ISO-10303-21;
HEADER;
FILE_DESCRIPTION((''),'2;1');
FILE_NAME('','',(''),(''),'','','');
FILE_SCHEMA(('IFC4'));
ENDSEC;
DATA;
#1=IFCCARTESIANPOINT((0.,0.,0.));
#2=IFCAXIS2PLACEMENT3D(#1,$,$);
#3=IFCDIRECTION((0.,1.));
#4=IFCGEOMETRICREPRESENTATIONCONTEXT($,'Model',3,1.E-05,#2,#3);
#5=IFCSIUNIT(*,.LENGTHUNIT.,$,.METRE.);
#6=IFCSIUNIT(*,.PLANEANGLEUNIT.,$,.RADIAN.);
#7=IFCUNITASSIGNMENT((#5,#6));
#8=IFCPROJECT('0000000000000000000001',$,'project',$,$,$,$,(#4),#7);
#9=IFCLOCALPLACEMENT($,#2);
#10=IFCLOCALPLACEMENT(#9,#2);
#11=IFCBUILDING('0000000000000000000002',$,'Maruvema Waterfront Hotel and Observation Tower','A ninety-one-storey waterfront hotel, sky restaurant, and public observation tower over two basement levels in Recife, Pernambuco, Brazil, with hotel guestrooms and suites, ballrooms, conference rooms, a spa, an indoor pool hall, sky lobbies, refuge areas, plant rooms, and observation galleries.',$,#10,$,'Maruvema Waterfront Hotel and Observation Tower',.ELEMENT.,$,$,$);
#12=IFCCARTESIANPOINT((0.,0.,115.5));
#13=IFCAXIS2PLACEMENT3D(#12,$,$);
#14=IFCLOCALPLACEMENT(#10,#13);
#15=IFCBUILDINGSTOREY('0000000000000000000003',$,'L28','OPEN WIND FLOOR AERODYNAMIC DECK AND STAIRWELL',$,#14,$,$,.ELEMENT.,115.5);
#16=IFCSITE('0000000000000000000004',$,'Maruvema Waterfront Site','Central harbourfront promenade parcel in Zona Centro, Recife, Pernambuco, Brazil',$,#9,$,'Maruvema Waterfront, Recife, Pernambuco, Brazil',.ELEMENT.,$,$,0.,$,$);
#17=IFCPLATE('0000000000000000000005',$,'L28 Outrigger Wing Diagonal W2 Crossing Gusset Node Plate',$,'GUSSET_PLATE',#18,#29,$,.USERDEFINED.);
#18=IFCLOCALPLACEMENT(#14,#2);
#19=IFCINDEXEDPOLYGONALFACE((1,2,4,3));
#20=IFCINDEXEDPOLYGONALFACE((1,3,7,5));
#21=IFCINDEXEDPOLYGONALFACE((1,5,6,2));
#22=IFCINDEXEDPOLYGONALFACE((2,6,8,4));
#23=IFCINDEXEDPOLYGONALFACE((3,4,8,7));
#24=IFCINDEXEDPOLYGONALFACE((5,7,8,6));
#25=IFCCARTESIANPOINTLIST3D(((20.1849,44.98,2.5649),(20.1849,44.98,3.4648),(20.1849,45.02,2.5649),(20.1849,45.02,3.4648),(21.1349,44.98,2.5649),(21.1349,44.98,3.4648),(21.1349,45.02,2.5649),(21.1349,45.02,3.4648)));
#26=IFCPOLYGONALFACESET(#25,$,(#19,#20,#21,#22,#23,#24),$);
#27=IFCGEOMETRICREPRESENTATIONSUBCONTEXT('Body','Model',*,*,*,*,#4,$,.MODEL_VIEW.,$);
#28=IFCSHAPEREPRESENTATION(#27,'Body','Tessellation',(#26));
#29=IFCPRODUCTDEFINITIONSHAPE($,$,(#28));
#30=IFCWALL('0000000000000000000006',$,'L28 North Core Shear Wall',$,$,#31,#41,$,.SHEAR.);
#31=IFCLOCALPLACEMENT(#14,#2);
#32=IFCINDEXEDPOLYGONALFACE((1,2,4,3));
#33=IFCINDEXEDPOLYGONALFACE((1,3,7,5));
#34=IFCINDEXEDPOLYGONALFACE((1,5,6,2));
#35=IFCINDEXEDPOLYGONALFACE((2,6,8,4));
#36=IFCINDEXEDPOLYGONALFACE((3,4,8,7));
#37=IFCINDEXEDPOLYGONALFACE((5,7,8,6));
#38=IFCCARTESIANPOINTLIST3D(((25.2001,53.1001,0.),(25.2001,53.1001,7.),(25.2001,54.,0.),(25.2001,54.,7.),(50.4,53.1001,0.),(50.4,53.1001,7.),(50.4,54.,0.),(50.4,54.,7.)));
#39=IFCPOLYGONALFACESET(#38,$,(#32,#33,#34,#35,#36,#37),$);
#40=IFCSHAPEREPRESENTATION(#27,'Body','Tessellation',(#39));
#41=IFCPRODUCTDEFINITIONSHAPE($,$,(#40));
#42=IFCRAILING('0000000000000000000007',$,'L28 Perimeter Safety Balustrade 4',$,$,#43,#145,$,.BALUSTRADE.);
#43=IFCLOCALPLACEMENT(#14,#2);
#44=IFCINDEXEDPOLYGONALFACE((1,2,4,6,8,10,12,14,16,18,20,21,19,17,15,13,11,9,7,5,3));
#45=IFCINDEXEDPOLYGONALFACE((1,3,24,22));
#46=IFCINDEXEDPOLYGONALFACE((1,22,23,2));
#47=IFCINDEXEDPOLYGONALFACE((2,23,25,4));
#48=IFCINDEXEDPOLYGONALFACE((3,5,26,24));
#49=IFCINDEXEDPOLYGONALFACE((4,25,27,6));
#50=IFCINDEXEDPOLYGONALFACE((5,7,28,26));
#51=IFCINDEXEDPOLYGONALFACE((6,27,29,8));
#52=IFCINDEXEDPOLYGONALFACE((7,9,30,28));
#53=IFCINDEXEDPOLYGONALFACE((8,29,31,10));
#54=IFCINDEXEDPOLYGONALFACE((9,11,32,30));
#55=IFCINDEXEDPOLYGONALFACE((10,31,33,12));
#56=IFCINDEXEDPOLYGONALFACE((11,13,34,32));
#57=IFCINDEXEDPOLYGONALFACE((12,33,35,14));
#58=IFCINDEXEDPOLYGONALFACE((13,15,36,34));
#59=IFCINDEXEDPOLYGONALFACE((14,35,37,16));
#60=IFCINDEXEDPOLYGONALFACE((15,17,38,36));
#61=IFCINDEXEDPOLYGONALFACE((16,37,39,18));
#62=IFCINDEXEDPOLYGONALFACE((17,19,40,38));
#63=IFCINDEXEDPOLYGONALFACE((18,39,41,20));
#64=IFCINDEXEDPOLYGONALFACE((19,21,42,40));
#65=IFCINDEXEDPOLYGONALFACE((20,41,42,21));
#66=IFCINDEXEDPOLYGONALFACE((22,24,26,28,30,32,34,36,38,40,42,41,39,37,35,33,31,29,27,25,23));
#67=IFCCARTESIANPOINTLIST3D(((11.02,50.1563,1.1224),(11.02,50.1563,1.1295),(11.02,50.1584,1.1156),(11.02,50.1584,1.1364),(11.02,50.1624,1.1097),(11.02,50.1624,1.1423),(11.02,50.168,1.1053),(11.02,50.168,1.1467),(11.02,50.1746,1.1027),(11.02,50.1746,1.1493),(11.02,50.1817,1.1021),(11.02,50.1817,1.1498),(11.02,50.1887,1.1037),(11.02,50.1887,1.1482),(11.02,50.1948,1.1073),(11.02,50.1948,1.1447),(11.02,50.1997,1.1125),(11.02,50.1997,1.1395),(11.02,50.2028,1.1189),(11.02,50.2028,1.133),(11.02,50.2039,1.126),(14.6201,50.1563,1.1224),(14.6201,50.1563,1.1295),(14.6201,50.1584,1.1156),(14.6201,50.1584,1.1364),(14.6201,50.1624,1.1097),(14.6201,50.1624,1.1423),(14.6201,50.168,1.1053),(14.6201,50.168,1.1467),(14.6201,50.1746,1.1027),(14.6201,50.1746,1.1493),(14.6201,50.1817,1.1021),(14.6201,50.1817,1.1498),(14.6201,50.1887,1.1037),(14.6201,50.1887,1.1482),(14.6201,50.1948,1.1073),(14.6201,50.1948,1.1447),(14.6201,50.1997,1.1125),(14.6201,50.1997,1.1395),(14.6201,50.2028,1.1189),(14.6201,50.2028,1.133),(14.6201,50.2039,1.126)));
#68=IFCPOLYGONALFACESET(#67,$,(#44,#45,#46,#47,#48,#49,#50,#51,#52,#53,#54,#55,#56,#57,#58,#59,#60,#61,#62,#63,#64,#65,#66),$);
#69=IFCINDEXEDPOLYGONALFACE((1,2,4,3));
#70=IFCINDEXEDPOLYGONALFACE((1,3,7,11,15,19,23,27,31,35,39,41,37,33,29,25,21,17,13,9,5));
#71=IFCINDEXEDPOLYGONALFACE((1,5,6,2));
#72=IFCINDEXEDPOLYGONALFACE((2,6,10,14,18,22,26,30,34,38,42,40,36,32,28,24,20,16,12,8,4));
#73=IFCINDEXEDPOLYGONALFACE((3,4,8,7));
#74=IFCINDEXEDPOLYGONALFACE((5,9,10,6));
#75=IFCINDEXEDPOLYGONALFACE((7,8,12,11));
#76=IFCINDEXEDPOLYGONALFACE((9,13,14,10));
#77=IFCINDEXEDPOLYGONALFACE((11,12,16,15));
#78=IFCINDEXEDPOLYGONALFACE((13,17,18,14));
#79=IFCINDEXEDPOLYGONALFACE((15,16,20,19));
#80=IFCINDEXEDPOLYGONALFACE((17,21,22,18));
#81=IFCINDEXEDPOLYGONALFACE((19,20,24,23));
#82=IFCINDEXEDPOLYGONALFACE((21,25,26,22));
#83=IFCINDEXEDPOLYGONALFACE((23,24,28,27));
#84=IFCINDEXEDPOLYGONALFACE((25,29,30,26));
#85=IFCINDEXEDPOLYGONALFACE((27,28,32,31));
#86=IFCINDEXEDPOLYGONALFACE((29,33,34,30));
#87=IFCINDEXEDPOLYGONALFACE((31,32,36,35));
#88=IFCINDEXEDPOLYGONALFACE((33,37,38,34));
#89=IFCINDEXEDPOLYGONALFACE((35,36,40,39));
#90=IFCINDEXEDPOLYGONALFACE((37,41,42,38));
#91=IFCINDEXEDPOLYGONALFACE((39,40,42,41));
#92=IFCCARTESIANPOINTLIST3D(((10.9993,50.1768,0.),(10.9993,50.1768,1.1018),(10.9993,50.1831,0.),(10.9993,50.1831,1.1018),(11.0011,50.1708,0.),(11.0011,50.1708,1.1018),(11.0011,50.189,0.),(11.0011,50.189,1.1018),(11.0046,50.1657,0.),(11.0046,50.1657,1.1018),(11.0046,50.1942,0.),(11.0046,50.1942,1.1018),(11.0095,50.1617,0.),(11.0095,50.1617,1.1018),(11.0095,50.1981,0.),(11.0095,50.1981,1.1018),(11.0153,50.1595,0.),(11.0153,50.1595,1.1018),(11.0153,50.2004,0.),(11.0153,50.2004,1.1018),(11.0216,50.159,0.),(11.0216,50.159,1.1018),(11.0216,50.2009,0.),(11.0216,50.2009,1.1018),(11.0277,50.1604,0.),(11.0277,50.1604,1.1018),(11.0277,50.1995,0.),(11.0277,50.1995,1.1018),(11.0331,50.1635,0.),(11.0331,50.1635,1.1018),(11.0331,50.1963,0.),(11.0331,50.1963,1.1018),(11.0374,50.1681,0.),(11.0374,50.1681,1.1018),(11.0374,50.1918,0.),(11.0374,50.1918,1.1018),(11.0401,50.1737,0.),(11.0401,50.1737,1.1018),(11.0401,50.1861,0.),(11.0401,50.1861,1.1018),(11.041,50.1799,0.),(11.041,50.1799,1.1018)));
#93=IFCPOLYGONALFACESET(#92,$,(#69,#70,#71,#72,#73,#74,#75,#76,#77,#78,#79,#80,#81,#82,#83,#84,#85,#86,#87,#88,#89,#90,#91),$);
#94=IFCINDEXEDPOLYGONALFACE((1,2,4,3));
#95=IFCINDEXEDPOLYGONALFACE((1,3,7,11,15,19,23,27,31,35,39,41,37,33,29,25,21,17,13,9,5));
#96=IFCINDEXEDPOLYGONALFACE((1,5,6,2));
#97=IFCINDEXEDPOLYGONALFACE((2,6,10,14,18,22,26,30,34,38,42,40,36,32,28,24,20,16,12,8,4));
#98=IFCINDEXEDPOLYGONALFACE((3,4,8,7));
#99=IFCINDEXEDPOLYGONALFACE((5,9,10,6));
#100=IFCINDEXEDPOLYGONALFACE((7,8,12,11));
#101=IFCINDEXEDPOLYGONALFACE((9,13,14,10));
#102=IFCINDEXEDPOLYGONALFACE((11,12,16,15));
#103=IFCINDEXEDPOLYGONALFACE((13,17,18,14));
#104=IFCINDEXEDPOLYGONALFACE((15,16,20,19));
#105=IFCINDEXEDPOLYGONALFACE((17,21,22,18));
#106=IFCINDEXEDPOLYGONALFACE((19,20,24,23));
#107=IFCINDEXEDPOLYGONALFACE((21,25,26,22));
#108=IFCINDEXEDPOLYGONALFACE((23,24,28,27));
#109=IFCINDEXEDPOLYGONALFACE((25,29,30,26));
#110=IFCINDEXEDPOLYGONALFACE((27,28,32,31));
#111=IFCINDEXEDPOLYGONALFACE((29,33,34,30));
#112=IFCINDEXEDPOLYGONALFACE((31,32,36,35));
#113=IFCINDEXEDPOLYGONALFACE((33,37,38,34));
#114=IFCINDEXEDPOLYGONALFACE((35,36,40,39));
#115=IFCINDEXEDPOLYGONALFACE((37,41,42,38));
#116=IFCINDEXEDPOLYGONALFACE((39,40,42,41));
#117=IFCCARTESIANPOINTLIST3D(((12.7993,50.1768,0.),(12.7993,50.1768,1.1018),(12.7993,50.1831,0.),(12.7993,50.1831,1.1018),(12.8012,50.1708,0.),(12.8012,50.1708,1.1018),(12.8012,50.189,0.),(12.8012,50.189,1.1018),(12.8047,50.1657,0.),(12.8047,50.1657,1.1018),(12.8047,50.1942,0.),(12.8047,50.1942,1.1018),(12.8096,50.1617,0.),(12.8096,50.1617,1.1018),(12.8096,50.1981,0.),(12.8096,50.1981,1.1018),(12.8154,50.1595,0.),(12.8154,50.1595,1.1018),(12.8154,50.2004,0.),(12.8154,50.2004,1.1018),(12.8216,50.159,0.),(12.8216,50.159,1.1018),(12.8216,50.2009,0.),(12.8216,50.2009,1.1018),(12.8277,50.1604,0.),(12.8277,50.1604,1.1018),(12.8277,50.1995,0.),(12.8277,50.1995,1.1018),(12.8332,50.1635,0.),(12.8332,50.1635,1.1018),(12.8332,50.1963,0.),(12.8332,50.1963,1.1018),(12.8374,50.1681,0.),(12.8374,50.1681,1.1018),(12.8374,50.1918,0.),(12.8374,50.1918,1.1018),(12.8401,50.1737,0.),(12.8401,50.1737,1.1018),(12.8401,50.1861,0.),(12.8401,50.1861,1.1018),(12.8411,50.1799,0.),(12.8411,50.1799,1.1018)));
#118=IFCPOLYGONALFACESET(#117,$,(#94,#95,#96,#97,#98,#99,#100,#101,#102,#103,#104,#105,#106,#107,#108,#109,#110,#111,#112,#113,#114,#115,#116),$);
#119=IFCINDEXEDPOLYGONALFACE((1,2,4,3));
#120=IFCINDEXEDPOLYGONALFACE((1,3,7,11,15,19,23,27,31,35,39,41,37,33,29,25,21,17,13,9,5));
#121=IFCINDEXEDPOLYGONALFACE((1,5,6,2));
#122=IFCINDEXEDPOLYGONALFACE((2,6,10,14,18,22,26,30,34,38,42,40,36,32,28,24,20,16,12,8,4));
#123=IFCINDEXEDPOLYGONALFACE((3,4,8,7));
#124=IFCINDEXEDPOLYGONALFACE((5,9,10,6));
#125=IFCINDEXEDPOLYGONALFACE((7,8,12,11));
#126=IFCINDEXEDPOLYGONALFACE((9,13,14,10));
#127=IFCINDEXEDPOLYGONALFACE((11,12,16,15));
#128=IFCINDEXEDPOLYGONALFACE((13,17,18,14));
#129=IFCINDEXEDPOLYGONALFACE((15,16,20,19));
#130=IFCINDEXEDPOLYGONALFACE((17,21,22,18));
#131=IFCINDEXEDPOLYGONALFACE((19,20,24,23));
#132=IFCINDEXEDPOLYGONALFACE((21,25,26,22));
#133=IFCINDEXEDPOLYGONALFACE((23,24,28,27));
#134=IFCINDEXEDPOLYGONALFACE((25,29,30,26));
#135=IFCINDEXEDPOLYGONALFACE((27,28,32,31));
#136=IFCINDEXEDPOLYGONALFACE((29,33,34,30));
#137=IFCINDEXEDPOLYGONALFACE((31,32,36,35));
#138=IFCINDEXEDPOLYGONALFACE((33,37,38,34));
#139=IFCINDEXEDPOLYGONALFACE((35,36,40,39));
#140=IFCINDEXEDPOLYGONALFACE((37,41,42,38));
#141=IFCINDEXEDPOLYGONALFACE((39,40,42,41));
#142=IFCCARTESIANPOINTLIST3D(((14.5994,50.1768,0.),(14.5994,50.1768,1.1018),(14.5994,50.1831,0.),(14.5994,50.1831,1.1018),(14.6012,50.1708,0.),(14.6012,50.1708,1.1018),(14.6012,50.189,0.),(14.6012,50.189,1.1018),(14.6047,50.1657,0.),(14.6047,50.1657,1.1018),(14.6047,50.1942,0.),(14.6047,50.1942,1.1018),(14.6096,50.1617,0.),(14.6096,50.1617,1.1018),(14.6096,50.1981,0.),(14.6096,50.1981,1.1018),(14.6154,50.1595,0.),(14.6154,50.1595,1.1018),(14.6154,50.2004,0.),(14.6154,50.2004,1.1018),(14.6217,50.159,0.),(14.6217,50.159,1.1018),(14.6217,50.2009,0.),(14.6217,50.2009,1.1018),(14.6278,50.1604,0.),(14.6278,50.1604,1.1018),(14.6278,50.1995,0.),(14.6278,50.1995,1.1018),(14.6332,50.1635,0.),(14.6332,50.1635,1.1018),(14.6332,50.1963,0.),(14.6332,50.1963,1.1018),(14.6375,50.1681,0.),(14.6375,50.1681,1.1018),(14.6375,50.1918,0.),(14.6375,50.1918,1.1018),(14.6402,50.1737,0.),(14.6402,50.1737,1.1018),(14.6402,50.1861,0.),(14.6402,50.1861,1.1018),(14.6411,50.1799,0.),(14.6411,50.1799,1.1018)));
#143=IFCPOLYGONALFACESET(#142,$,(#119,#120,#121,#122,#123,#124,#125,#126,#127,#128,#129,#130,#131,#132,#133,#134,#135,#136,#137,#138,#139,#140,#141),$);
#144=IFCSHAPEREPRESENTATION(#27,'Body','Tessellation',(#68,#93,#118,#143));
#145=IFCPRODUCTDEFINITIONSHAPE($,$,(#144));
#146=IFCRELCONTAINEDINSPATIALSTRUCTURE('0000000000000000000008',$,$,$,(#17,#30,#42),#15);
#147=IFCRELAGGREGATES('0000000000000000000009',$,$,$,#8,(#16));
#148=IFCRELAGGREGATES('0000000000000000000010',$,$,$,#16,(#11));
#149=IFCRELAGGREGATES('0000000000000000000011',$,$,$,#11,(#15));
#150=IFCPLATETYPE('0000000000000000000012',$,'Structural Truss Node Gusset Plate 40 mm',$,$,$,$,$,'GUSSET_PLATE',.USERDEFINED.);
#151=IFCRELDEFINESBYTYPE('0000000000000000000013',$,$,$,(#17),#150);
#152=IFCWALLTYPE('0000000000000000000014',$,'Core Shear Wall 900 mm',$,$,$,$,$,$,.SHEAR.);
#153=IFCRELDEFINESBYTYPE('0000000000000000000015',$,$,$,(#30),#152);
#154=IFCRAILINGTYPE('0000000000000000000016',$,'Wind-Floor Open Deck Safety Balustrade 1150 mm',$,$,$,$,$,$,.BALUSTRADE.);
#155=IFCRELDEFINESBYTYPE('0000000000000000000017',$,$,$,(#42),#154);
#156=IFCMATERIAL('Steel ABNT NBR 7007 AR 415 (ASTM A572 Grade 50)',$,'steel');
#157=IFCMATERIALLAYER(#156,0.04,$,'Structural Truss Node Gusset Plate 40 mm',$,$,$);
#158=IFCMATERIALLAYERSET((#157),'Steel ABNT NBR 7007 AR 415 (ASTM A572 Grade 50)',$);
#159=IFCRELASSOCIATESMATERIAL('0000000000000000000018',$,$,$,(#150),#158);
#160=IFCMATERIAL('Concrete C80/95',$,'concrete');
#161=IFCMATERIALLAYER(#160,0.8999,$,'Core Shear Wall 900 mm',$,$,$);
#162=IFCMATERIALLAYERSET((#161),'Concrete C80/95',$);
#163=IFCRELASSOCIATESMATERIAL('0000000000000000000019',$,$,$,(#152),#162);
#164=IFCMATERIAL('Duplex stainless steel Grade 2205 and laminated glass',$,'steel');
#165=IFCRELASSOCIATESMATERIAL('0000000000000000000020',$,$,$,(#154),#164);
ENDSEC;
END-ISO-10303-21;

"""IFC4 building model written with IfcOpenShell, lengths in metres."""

from ifc_helpers import new_model, si_unit, direction, frame, frame_2d, origin, origin_2d, place, context, subcontext, project, spatial, rectangle, circle, extrude, material, layer, layer_set, type_object, element, save


model = new_model("IFC4")

# Units and contexts
model_context = context("Model", 3, precision=1e-05, world=origin(), true_north=direction((0.0, 1.0)))
body_context = subcontext(model_context, "Body", "Model", "MODEL_VIEW")
ifc_project = project(units=[si_unit("LENGTHUNIT", "METRE"), si_unit("PLANEANGLEUNIT", "RADIAN")], contexts=[model_context])

# Site, building, storey
site_placement = place(None, origin())
site = spatial("IfcSite", under=ifc_project, at=site_placement, Name="Maruvema Waterfront Site", Description="Central harbourfront promenade parcel in Zona Centro, Recife, Pernambuco, Brazil", LongName="Maruvema Waterfront, Recife, Pernambuco, Brazil", CompositionType="ELEMENT", RefElevation=0.0)
building_placement = place(site_placement, origin())
building = spatial("IfcBuilding", under=site, at=building_placement, Name="Maruvema Waterfront Hotel and Observation Tower", Description="A ninety-one-storey waterfront hotel, sky restaurant, and public observation tower over two basement levels in Recife, Pernambuco, Brazil, with hotel guestrooms and suites, ballrooms, conference rooms, a spa, an indoor pool hall, sky lobbies, refuge areas, plant rooms, and observation galleries.", LongName="Maruvema Waterfront Hotel and Observation Tower", CompositionType="ELEMENT")
storey_placement = place(building_placement, frame((0.0, 0.0, 115.5)))
storey = spatial("IfcBuildingStorey", under=building, at=storey_placement, Name="L28", Description="OPEN WIND FLOOR AERODYNAMIC DECK AND STAIRWELL", CompositionType="ELEMENT", Elevation=115.5)

# Plate
ifc_material_1 = material(Name="Steel ABNT NBR 7007 AR 415 (ASTM A572 Grade 50)", Category="steel")
ifc_layer_1 = layer(ifc_material_1, 0.04, Name="Structural Truss Node Gusset Plate 40 mm")
ifc_layer_set_1 = layer_set([ifc_layer_1], Name="Steel ABNT NBR 7007 AR 415 (ASTM A572 Grade 50)")
plate_type_1 = type_object("IfcPlateType", Name="Structural Truss Node Gusset Plate 40 mm", ElementType="GUSSET_PLATE", PredefinedType="USERDEFINED", material=ifc_layer_set_1)
plate_1_placement = place(storey_placement, frame((20.6599, 45.0, 2.5649), z_axis=(0.0, 0.0, 1.0), x_axis=(-1.0, 0.0, 0.0)))
element("IfcPlate", 1, at=plate_1_placement, inside=storey, type_object=plate_type_1, Name="L28 Outrigger Wing Diagonal W2 Crossing Gusset Node Plate", ObjectType="GUSSET_PLATE", PredefinedType="USERDEFINED", context=body_context, shape_type="SweptSolid", body=[
    extrude(rectangle(XDim=0.95, YDim=0.04, at=origin_2d()), origin(), (0.0, 0.0, 1.0), 0.8999),
])

# Wall
ifc_material_2 = material(Name="Concrete C80/95", Category="concrete")
ifc_layer_2 = layer(ifc_material_2, 0.8999, Name="Core Shear Wall 900 mm")
ifc_layer_set_2 = layer_set([ifc_layer_2], Name="Concrete C80/95")
wall_type = type_object("IfcWallType", Name="Core Shear Wall 900 mm", PredefinedType="SHEAR", material=ifc_layer_set_2)
wall_placement = place(storey_placement, frame((25.2, 53.55, 0.0), z_axis=(0.0, 0.0, 1.0), x_axis=(1.0, 0.0, 0.0)))
element("IfcWall", 2, at=wall_placement, inside=storey, type_object=wall_type, Name="L28 North Core Shear Wall", PredefinedType="SHEAR", context=body_context, shape_type="SweptSolid", body=[
    extrude(rectangle(XDim=25.2, YDim=0.8999, at=frame_2d((12.6001, 0.0))), origin(), (0.0, 0.0, 1.0), 7.0),
])

# Railing
ifc_material_3 = material(Name="Duplex stainless steel Grade 2205 and laminated glass", Category="steel")
railing_type = type_object("IfcRailingType", Name="Wind-Floor Open Deck Safety Balustrade 1150 mm", PredefinedType="BALUSTRADE", material=ifc_material_3)
railing_1_placement = place(storey_placement, frame((11.02, 50.1799, 0.0)))
element("IfcRailing", 3, at=railing_1_placement, inside=storey, type_object=railing_type, Name="L28 Perimeter Safety Balustrade 4", PredefinedType="BALUSTRADE", context=body_context, shape_type="SweptSolid", body=[
    extrude(circle(Radius=0.0239, at=origin_2d()), frame((0.0, 0.0, 1.126), z_axis=(1.0, 0.0, 0.0), x_axis=(0.0, 1.0, 0.0)), (0.0, 0.0, 1.0), 3.6001),
    extrude(circle(Radius=0.021, at=origin_2d()), origin(), (0.0, 0.0, 1.0), 1.1018),
    extrude(circle(Radius=0.021, at=origin_2d()), frame((1.8, 0.0, 0.0)), (0.0, 0.0, 1.0), 1.1018),
    extrude(circle(Radius=0.021, at=origin_2d()), frame((3.6001, 0.0, 0.0)), (0.0, 0.0, 1.0), 1.1018),
])

save(model, "model.ifc")
